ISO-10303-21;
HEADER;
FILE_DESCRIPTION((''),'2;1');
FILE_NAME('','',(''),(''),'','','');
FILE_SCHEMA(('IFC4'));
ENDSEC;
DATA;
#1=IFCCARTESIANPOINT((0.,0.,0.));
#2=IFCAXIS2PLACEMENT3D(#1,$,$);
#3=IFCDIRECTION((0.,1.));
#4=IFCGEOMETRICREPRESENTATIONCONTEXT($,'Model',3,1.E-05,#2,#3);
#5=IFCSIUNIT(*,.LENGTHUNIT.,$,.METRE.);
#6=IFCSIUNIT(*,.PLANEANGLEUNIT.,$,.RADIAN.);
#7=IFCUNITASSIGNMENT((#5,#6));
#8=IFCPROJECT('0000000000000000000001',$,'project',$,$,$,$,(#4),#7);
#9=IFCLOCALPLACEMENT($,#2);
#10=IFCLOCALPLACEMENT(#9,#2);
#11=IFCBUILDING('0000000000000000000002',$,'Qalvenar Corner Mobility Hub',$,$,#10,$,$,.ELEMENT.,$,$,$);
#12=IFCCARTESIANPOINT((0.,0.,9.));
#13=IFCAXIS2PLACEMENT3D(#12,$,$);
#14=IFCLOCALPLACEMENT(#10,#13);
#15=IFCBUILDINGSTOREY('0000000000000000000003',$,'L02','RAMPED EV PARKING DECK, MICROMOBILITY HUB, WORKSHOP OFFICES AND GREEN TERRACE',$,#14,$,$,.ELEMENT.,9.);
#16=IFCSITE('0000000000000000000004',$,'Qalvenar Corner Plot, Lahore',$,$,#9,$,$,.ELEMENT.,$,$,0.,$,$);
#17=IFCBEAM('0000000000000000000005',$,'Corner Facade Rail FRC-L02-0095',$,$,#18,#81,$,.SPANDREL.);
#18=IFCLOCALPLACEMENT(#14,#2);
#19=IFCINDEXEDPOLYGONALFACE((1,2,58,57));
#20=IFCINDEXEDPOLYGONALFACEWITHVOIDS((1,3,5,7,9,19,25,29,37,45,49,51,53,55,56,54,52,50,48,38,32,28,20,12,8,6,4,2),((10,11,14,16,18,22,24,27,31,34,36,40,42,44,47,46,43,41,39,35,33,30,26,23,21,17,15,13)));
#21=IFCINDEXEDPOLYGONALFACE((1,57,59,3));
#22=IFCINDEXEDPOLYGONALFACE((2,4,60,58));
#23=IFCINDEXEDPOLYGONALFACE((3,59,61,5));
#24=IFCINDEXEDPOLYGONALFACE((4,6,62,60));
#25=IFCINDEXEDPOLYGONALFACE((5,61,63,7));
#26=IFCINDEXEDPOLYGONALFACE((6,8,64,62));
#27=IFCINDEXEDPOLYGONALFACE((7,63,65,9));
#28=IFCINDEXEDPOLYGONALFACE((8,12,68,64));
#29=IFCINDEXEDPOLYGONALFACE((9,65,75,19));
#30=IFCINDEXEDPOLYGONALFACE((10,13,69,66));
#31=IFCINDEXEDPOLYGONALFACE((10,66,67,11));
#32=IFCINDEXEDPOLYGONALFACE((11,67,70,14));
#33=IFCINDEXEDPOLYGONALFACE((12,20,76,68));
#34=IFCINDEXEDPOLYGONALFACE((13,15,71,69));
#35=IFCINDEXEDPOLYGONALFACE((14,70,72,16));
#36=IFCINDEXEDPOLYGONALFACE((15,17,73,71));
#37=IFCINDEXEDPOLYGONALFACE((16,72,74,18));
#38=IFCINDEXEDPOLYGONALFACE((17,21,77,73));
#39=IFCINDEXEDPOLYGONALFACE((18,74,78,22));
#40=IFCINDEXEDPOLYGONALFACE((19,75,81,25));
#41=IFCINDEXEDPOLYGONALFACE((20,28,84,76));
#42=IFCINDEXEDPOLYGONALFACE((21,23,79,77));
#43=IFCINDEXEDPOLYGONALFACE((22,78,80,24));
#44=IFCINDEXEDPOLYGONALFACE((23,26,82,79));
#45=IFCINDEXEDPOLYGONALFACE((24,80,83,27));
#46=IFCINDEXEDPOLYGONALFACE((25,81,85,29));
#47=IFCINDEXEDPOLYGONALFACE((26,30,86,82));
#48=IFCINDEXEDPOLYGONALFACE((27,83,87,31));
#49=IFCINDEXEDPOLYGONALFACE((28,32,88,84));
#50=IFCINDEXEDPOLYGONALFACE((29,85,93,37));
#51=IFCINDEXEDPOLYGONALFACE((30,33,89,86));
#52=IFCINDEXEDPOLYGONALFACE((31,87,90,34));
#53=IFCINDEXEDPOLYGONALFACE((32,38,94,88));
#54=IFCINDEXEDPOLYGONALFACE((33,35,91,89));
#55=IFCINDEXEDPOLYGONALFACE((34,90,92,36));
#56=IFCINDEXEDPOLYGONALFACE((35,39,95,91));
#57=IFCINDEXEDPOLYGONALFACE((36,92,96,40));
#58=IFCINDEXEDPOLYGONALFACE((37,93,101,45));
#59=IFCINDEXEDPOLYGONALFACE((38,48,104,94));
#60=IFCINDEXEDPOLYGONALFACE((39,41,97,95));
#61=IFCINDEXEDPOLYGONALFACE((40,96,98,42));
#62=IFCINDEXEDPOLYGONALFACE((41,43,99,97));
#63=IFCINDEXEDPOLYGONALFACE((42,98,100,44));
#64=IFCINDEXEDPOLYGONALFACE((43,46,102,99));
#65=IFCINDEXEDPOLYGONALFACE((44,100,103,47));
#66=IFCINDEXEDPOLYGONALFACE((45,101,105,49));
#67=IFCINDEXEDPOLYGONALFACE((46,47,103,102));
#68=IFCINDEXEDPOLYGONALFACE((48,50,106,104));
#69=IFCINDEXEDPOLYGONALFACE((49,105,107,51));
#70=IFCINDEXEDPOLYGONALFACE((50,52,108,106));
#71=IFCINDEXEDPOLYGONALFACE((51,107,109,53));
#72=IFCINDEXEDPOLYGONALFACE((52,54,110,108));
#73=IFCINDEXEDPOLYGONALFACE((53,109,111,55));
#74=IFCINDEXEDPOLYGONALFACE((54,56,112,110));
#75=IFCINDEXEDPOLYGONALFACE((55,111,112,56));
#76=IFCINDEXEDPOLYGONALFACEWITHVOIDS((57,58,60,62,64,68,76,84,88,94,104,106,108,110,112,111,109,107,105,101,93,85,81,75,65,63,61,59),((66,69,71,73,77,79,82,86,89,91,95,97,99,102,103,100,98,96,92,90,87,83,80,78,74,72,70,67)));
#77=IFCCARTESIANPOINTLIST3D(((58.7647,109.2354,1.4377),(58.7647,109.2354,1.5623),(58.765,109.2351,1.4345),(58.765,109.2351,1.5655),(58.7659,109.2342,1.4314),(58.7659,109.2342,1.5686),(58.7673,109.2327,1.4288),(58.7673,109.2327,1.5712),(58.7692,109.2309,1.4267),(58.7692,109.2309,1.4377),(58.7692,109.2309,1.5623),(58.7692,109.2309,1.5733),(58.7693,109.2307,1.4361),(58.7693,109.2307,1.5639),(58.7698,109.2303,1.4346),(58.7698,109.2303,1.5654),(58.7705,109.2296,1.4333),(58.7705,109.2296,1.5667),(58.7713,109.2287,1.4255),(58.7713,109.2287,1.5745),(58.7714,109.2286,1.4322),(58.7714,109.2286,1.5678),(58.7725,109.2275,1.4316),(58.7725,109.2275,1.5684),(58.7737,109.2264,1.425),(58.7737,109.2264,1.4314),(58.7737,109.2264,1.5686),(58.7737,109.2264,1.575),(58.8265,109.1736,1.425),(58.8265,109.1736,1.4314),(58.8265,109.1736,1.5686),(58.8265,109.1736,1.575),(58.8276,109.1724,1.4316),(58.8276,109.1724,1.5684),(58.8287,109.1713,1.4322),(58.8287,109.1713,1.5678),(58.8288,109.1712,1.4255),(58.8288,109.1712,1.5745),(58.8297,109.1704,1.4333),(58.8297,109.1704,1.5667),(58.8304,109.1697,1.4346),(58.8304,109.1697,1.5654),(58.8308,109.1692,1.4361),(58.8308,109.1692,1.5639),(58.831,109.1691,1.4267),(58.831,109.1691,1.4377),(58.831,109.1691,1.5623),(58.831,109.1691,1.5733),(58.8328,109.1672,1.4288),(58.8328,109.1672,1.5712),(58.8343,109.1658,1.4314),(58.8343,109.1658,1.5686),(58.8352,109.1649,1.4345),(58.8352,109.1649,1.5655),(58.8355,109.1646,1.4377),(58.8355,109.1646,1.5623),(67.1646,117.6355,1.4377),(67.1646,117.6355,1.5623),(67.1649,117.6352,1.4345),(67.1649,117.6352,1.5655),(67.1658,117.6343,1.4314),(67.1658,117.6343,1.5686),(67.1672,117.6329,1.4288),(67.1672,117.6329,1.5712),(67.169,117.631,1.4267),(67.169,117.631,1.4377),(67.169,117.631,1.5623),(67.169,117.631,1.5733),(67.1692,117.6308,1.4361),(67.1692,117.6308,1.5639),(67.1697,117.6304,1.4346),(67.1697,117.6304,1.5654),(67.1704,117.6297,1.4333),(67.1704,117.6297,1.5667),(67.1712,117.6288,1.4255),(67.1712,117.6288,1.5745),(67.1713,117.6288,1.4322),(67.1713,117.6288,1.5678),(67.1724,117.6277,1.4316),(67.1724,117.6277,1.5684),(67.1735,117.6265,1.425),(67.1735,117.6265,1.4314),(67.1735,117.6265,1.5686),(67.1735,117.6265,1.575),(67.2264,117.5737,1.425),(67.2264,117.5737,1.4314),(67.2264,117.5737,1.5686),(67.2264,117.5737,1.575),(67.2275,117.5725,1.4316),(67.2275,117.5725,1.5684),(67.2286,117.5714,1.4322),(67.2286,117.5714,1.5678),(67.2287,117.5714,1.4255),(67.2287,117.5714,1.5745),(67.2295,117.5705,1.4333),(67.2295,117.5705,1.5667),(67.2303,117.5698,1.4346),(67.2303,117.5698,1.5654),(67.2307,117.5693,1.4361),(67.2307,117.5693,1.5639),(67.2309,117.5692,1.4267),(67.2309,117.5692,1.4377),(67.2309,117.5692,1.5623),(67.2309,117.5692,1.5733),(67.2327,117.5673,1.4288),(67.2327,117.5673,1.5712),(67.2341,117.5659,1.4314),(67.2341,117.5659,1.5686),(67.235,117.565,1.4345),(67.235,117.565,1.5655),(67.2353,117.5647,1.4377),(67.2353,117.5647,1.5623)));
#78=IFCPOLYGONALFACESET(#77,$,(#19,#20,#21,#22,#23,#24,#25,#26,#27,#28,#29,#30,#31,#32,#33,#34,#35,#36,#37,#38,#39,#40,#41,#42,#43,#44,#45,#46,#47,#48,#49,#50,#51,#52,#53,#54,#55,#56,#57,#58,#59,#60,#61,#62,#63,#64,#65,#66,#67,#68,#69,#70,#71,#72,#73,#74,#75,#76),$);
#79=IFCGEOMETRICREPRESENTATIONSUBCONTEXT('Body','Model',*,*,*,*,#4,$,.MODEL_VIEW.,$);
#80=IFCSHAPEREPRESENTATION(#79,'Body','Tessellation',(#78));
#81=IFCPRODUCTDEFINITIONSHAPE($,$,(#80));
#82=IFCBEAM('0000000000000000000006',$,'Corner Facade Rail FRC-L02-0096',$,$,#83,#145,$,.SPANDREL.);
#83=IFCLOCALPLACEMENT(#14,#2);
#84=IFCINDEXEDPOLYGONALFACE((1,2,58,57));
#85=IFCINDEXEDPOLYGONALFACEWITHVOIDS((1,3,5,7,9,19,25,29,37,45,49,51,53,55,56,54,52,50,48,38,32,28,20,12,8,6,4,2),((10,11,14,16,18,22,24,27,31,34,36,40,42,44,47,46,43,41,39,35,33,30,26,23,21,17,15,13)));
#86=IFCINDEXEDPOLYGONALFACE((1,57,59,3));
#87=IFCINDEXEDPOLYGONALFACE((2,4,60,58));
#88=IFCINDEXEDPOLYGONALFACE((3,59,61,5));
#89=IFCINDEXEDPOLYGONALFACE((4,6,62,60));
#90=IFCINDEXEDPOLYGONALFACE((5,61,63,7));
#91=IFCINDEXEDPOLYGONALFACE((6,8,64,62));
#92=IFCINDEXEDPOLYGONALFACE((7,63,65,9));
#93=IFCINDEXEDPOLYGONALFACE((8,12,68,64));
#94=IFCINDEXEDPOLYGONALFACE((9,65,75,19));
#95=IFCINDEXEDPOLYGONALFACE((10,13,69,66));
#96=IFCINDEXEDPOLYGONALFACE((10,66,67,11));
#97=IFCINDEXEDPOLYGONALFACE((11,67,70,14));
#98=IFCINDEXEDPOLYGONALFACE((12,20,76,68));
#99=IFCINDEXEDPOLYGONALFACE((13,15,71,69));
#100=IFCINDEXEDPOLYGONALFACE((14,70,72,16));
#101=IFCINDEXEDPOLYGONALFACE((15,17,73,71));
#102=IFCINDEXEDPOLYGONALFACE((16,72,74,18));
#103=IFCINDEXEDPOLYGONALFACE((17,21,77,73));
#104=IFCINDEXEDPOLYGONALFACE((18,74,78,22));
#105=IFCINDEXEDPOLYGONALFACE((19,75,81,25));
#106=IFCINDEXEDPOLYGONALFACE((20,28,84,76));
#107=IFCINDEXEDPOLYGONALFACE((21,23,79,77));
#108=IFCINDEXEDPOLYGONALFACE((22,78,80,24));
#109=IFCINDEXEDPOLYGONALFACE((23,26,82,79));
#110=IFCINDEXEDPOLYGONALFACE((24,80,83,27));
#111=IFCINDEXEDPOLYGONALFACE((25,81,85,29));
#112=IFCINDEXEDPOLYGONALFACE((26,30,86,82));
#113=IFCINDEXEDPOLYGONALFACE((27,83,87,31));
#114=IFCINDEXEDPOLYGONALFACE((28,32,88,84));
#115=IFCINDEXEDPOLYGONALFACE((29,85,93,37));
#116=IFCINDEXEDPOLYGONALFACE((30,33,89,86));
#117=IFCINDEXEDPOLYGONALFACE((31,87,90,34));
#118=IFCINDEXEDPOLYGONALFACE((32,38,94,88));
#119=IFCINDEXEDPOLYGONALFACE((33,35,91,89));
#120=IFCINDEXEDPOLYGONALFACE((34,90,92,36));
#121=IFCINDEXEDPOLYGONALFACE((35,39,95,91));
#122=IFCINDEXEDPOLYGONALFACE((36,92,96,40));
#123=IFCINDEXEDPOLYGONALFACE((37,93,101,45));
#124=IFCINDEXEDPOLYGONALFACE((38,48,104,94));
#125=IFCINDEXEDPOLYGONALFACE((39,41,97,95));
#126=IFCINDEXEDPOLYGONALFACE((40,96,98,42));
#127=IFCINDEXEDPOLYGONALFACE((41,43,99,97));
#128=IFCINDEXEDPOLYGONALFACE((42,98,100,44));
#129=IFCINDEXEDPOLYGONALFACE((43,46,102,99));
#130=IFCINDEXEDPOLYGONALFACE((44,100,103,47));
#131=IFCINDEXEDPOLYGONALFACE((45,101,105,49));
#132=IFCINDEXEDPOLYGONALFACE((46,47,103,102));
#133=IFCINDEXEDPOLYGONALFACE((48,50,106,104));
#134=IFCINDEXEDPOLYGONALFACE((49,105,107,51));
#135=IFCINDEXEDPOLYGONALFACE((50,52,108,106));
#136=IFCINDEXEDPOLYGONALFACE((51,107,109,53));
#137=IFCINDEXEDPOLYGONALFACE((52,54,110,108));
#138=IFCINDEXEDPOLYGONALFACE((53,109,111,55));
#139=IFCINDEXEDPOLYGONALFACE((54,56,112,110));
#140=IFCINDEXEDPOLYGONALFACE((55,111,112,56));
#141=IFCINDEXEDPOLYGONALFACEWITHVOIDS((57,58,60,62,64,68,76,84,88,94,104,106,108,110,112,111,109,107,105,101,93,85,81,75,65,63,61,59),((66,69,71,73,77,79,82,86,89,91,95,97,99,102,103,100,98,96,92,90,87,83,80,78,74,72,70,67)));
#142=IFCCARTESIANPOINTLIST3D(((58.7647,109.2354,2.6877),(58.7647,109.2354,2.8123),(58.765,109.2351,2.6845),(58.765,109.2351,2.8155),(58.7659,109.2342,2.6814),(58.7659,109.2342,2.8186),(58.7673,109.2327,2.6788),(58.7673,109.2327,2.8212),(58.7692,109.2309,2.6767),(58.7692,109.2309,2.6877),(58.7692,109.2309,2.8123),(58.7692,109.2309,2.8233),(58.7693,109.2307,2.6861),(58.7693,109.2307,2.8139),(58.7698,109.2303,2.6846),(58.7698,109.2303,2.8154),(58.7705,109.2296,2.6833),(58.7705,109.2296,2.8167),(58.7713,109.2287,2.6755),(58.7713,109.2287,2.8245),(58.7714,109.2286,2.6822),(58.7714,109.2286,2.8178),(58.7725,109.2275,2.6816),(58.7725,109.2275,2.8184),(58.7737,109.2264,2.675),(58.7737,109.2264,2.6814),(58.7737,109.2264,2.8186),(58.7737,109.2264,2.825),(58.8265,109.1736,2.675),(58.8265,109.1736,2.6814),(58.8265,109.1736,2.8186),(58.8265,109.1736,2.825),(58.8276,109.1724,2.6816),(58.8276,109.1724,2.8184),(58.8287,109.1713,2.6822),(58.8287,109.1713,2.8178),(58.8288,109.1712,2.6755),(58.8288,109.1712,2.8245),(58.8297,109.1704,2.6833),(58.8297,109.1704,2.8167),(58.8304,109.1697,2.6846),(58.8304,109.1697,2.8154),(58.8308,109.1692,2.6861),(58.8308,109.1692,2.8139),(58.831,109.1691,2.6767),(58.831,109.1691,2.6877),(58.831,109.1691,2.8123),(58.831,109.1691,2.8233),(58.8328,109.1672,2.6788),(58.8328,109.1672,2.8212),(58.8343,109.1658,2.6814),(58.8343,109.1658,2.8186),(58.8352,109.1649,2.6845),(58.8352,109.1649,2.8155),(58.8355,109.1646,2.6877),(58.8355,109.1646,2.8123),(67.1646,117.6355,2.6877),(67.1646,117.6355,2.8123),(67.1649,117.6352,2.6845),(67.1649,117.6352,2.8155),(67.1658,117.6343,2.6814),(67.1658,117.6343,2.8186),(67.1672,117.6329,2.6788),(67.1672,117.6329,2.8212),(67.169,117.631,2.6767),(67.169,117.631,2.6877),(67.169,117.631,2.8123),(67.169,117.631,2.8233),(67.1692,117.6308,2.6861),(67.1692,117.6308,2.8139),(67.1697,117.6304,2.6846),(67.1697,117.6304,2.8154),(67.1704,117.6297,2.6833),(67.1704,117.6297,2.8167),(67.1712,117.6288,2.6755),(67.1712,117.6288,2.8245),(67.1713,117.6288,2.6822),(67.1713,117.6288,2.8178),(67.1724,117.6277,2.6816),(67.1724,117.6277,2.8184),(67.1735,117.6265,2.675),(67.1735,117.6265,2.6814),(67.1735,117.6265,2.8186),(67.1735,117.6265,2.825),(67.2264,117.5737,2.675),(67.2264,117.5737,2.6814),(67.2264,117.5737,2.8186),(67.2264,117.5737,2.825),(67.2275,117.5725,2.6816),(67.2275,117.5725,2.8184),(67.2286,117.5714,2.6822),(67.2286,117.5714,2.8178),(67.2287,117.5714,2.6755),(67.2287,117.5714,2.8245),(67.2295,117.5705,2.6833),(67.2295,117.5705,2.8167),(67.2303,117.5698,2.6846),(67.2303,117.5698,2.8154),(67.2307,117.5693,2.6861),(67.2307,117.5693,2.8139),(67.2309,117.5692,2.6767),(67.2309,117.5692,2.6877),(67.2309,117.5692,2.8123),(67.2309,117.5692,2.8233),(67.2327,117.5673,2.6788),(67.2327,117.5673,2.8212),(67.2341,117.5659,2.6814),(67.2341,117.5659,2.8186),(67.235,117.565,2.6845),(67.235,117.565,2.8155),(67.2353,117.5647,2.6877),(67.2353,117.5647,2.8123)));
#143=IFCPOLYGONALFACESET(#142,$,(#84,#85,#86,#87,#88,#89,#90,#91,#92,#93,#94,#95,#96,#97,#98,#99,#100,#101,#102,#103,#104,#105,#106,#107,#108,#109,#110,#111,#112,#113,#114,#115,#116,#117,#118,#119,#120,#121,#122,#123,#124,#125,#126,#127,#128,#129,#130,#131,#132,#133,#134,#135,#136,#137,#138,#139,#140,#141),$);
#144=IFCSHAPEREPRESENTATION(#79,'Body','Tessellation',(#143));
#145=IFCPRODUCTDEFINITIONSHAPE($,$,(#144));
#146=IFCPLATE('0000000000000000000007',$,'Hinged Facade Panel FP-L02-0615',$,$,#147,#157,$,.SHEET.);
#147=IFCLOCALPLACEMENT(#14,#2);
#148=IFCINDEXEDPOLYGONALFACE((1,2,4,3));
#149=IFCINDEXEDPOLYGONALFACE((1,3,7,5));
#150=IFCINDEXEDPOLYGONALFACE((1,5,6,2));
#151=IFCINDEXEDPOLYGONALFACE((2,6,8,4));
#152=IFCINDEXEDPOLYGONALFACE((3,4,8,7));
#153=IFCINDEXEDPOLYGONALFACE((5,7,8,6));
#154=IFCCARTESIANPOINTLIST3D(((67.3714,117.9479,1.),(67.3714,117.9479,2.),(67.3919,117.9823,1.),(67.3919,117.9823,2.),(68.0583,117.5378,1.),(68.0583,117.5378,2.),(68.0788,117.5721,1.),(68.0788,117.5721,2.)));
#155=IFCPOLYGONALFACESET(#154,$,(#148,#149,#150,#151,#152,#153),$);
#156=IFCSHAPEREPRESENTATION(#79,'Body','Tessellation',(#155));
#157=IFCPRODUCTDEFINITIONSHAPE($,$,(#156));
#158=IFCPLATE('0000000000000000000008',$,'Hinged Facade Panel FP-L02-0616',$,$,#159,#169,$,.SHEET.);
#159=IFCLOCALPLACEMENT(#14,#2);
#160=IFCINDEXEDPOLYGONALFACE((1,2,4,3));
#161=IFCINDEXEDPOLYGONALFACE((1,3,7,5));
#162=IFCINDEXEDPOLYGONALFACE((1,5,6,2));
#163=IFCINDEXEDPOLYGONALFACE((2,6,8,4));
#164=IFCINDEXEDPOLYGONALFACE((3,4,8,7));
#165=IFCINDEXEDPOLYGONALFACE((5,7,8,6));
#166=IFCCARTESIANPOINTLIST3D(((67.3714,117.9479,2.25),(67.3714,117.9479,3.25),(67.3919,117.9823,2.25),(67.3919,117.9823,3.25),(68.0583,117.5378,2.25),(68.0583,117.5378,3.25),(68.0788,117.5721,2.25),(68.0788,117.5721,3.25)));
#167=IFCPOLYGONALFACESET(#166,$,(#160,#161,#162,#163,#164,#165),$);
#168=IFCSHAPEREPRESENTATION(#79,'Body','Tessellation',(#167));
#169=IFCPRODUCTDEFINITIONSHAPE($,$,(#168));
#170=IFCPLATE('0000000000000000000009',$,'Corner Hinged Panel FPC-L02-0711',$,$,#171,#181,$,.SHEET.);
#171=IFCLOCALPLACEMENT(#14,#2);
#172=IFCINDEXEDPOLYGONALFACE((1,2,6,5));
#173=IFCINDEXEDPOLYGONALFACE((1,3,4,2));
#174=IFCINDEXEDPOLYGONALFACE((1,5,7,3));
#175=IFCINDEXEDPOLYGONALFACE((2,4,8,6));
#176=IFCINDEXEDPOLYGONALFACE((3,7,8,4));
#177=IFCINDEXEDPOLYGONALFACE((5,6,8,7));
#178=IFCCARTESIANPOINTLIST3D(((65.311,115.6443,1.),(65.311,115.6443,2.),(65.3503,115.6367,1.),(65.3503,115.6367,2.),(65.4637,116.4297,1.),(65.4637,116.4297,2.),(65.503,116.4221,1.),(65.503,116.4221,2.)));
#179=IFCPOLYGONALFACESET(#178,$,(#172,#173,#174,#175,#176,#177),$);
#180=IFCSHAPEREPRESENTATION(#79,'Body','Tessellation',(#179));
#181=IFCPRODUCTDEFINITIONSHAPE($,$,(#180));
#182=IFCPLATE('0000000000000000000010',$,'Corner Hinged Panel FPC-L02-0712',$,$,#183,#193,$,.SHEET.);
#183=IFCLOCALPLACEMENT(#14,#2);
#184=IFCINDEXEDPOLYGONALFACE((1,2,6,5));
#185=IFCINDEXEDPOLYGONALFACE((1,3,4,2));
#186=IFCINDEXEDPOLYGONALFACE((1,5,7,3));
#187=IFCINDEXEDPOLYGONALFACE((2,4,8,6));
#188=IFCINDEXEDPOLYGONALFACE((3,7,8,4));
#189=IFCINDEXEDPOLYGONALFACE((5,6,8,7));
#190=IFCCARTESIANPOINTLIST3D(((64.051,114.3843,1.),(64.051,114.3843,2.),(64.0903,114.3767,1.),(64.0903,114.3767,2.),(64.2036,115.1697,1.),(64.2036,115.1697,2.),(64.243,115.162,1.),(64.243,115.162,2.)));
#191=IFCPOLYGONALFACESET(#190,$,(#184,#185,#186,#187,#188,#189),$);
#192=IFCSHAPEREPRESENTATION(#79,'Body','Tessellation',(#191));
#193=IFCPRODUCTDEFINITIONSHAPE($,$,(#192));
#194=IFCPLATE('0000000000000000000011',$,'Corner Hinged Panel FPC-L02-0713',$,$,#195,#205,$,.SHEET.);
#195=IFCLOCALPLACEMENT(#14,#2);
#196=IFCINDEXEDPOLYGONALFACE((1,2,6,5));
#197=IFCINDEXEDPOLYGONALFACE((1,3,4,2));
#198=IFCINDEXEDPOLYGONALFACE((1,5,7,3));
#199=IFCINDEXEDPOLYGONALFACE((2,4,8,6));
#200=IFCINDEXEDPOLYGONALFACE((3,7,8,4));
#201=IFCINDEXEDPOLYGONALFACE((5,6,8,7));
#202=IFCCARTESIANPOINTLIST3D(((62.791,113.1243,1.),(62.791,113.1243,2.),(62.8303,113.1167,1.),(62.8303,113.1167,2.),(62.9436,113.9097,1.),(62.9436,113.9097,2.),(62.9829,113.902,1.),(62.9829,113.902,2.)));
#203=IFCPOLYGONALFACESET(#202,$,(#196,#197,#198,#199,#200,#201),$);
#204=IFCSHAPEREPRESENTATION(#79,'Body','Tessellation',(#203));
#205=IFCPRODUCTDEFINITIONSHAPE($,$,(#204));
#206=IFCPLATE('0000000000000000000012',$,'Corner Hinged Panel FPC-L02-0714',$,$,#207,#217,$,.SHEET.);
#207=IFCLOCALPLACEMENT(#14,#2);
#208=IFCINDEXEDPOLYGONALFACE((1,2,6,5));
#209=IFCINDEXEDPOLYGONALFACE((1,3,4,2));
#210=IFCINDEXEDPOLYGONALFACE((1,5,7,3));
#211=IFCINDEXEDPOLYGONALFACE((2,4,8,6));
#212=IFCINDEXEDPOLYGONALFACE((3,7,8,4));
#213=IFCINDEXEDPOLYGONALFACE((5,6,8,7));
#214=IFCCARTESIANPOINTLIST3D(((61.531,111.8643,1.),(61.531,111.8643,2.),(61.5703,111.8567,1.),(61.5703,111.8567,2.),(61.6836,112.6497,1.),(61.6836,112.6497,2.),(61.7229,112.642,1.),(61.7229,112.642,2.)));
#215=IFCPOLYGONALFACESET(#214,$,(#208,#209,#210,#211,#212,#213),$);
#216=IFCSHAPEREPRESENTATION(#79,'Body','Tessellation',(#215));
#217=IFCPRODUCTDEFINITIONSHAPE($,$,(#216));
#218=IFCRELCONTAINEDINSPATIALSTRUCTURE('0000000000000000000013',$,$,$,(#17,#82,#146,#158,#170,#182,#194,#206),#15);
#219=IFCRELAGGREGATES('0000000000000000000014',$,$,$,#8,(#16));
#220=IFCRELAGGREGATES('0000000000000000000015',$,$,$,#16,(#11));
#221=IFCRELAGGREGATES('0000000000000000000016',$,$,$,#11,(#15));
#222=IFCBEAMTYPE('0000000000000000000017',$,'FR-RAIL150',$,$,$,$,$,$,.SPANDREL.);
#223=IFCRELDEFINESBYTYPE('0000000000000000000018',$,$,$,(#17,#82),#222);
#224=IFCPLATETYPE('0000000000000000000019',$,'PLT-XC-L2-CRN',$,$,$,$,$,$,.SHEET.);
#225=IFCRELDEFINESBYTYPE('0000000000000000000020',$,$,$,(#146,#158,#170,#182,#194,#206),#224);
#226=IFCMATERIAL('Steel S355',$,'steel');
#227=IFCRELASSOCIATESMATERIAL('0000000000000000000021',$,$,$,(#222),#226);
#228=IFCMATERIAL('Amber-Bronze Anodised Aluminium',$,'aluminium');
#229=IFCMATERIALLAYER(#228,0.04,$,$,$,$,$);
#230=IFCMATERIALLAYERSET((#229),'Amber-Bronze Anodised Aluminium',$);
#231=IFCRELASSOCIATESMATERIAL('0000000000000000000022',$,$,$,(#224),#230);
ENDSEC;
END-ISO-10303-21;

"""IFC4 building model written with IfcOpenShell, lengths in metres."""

from ifc_helpers import new_model, si_unit, direction, frame, origin, origin_2d, place, context, subcontext, project, spatial, rectangle, hollow_rectangle, extrude, material, layer, layer_set, material_profile, profile_set, type_object, element, save


model = new_model("IFC4")

# Units and contexts
model_context = context("Model", 3, precision=1e-05, world=origin(), true_north=direction((0.0, 1.0)))
body_context = subcontext(model_context, "Body", "Model", "MODEL_VIEW")
ifc_project = project(units=[si_unit("LENGTHUNIT", "METRE"), si_unit("PLANEANGLEUNIT", "RADIAN")], contexts=[model_context])

# Site, building, storey
site_placement = place(None, origin())
site = spatial("IfcSite", under=ifc_project, at=site_placement, Name="Qalvenar Corner Plot, Lahore", CompositionType="ELEMENT", RefElevation=0.0)
building_placement = place(site_placement, origin())
building = spatial("IfcBuilding", under=site, at=building_placement, Name="Qalvenar Corner Mobility Hub", CompositionType="ELEMENT")
storey_placement = place(building_placement, frame((0.0, 0.0, 9.0)))
storey = spatial("IfcBuildingStorey", under=building, at=storey_placement, Name="L02", Description="RAMPED EV PARKING DECK, MICROMOBILITY HUB, WORKSHOP OFFICES AND GREEN TERRACE", CompositionType="ELEMENT", Elevation=9.0)

# Shared definitions
ifc_material_1 = material(Name="Steel S355", Category="steel")

# Beams
ifc_material_profile_1 = material_profile(ifc_material_1, hollow_rectangle(XDim=0.1001, YDim=0.1499, WallThickness=0.0063, InnerFilletRadius=0.0063, OuterFilletRadius=0.0127, at=origin_2d()), Name="RHS150x100x6.3")
ifc_profile_set_1 = profile_set([ifc_material_profile_1], Name="Steel S355")
beam_type_1 = type_object("IfcBeamType", Name="FR-RAIL150", PredefinedType="SPANDREL", material=ifc_profile_set_1)
for number, where, z_axis, x_axis, name in (
    (1, (67.2, 117.6001, 1.5), (-0.707097, -0.707117, 0.0), (0.707117, -0.707097, 0.0), "Corner Facade Rail FRC-L02-0095"),
    (2, (67.2, 117.6001, 2.75), (-0.707097, -0.707117, 0.0), (0.707117, -0.707097, 0.0), "Corner Facade Rail FRC-L02-0096"),
):
    element("IfcBeam", number, at=place(storey_placement, frame(where, z_axis=z_axis, x_axis=x_axis)), inside=storey, type_object=beam_type_1, Name=name, PredefinedType="SPANDREL", context=body_context, shape_type="SweptSolid", body=[
        extrude(hollow_rectangle(XDim=0.1001, YDim=0.1499, WallThickness=0.0063, InnerFilletRadius=0.0063, OuterFilletRadius=0.0127, at=origin_2d()), origin(), (0.0, 0.0, 1.0), 11.8794),
    ])

# Plates
ifc_material_2 = material(Name="Amber-Bronze Anodised Aluminium", Category="aluminium")
ifc_layer = layer(ifc_material_2, 0.04)
ifc_layer_set = layer_set([ifc_layer], Name="Amber-Bronze Anodised Aluminium")
plate_type = type_object("IfcPlateType", Name="PLT-XC-L2-CRN", PredefinedType="SHEET", material=ifc_layer_set)
for number, where, z_axis, x_axis, name in (
    (3, (67.7251, 117.76, 1.0), (0.0, 0.0, 1.0), (-0.858602, 0.512642, 0.0), "Hinged Facade Panel FP-L02-0615"),
    (4, (67.7251, 117.76, 2.25), (0.0, 0.0, 1.0), (-0.858602, 0.512642, 0.0), "Hinged Facade Panel FP-L02-0616"),
    (5, (65.407, 116.0332, 1.0), (0.0, 0.0, 1.0), (-0.190809, -0.981627, 0.0), "Corner Hinged Panel FPC-L02-0711"),
    (6, (64.147, 114.7732, 1.0), (0.0, 0.0, 1.0), (-0.190809, -0.981627, 0.0), "Corner Hinged Panel FPC-L02-0712"),
    (7, (62.887, 113.5132, 1.0), (0.0, 0.0, 1.0), (-0.190809, -0.981627, 0.0), "Corner Hinged Panel FPC-L02-0713"),
    (8, (61.627, 112.2532, 1.0), (0.0, 0.0, 1.0), (-0.190809, -0.981627, 0.0), "Corner Hinged Panel FPC-L02-0714"),
):
    element("IfcPlate", number, at=place(storey_placement, frame(where, z_axis=z_axis, x_axis=x_axis)), inside=storey, type_object=plate_type, Name=name, PredefinedType="SHEET", context=body_context, shape_type="SweptSolid", body=[
        extrude(rectangle(XDim=0.8, YDim=0.04, at=origin_2d()), origin(), (0.0, 0.0, 1.0), 1.0),
    ])

save(model, "model.ifc")
